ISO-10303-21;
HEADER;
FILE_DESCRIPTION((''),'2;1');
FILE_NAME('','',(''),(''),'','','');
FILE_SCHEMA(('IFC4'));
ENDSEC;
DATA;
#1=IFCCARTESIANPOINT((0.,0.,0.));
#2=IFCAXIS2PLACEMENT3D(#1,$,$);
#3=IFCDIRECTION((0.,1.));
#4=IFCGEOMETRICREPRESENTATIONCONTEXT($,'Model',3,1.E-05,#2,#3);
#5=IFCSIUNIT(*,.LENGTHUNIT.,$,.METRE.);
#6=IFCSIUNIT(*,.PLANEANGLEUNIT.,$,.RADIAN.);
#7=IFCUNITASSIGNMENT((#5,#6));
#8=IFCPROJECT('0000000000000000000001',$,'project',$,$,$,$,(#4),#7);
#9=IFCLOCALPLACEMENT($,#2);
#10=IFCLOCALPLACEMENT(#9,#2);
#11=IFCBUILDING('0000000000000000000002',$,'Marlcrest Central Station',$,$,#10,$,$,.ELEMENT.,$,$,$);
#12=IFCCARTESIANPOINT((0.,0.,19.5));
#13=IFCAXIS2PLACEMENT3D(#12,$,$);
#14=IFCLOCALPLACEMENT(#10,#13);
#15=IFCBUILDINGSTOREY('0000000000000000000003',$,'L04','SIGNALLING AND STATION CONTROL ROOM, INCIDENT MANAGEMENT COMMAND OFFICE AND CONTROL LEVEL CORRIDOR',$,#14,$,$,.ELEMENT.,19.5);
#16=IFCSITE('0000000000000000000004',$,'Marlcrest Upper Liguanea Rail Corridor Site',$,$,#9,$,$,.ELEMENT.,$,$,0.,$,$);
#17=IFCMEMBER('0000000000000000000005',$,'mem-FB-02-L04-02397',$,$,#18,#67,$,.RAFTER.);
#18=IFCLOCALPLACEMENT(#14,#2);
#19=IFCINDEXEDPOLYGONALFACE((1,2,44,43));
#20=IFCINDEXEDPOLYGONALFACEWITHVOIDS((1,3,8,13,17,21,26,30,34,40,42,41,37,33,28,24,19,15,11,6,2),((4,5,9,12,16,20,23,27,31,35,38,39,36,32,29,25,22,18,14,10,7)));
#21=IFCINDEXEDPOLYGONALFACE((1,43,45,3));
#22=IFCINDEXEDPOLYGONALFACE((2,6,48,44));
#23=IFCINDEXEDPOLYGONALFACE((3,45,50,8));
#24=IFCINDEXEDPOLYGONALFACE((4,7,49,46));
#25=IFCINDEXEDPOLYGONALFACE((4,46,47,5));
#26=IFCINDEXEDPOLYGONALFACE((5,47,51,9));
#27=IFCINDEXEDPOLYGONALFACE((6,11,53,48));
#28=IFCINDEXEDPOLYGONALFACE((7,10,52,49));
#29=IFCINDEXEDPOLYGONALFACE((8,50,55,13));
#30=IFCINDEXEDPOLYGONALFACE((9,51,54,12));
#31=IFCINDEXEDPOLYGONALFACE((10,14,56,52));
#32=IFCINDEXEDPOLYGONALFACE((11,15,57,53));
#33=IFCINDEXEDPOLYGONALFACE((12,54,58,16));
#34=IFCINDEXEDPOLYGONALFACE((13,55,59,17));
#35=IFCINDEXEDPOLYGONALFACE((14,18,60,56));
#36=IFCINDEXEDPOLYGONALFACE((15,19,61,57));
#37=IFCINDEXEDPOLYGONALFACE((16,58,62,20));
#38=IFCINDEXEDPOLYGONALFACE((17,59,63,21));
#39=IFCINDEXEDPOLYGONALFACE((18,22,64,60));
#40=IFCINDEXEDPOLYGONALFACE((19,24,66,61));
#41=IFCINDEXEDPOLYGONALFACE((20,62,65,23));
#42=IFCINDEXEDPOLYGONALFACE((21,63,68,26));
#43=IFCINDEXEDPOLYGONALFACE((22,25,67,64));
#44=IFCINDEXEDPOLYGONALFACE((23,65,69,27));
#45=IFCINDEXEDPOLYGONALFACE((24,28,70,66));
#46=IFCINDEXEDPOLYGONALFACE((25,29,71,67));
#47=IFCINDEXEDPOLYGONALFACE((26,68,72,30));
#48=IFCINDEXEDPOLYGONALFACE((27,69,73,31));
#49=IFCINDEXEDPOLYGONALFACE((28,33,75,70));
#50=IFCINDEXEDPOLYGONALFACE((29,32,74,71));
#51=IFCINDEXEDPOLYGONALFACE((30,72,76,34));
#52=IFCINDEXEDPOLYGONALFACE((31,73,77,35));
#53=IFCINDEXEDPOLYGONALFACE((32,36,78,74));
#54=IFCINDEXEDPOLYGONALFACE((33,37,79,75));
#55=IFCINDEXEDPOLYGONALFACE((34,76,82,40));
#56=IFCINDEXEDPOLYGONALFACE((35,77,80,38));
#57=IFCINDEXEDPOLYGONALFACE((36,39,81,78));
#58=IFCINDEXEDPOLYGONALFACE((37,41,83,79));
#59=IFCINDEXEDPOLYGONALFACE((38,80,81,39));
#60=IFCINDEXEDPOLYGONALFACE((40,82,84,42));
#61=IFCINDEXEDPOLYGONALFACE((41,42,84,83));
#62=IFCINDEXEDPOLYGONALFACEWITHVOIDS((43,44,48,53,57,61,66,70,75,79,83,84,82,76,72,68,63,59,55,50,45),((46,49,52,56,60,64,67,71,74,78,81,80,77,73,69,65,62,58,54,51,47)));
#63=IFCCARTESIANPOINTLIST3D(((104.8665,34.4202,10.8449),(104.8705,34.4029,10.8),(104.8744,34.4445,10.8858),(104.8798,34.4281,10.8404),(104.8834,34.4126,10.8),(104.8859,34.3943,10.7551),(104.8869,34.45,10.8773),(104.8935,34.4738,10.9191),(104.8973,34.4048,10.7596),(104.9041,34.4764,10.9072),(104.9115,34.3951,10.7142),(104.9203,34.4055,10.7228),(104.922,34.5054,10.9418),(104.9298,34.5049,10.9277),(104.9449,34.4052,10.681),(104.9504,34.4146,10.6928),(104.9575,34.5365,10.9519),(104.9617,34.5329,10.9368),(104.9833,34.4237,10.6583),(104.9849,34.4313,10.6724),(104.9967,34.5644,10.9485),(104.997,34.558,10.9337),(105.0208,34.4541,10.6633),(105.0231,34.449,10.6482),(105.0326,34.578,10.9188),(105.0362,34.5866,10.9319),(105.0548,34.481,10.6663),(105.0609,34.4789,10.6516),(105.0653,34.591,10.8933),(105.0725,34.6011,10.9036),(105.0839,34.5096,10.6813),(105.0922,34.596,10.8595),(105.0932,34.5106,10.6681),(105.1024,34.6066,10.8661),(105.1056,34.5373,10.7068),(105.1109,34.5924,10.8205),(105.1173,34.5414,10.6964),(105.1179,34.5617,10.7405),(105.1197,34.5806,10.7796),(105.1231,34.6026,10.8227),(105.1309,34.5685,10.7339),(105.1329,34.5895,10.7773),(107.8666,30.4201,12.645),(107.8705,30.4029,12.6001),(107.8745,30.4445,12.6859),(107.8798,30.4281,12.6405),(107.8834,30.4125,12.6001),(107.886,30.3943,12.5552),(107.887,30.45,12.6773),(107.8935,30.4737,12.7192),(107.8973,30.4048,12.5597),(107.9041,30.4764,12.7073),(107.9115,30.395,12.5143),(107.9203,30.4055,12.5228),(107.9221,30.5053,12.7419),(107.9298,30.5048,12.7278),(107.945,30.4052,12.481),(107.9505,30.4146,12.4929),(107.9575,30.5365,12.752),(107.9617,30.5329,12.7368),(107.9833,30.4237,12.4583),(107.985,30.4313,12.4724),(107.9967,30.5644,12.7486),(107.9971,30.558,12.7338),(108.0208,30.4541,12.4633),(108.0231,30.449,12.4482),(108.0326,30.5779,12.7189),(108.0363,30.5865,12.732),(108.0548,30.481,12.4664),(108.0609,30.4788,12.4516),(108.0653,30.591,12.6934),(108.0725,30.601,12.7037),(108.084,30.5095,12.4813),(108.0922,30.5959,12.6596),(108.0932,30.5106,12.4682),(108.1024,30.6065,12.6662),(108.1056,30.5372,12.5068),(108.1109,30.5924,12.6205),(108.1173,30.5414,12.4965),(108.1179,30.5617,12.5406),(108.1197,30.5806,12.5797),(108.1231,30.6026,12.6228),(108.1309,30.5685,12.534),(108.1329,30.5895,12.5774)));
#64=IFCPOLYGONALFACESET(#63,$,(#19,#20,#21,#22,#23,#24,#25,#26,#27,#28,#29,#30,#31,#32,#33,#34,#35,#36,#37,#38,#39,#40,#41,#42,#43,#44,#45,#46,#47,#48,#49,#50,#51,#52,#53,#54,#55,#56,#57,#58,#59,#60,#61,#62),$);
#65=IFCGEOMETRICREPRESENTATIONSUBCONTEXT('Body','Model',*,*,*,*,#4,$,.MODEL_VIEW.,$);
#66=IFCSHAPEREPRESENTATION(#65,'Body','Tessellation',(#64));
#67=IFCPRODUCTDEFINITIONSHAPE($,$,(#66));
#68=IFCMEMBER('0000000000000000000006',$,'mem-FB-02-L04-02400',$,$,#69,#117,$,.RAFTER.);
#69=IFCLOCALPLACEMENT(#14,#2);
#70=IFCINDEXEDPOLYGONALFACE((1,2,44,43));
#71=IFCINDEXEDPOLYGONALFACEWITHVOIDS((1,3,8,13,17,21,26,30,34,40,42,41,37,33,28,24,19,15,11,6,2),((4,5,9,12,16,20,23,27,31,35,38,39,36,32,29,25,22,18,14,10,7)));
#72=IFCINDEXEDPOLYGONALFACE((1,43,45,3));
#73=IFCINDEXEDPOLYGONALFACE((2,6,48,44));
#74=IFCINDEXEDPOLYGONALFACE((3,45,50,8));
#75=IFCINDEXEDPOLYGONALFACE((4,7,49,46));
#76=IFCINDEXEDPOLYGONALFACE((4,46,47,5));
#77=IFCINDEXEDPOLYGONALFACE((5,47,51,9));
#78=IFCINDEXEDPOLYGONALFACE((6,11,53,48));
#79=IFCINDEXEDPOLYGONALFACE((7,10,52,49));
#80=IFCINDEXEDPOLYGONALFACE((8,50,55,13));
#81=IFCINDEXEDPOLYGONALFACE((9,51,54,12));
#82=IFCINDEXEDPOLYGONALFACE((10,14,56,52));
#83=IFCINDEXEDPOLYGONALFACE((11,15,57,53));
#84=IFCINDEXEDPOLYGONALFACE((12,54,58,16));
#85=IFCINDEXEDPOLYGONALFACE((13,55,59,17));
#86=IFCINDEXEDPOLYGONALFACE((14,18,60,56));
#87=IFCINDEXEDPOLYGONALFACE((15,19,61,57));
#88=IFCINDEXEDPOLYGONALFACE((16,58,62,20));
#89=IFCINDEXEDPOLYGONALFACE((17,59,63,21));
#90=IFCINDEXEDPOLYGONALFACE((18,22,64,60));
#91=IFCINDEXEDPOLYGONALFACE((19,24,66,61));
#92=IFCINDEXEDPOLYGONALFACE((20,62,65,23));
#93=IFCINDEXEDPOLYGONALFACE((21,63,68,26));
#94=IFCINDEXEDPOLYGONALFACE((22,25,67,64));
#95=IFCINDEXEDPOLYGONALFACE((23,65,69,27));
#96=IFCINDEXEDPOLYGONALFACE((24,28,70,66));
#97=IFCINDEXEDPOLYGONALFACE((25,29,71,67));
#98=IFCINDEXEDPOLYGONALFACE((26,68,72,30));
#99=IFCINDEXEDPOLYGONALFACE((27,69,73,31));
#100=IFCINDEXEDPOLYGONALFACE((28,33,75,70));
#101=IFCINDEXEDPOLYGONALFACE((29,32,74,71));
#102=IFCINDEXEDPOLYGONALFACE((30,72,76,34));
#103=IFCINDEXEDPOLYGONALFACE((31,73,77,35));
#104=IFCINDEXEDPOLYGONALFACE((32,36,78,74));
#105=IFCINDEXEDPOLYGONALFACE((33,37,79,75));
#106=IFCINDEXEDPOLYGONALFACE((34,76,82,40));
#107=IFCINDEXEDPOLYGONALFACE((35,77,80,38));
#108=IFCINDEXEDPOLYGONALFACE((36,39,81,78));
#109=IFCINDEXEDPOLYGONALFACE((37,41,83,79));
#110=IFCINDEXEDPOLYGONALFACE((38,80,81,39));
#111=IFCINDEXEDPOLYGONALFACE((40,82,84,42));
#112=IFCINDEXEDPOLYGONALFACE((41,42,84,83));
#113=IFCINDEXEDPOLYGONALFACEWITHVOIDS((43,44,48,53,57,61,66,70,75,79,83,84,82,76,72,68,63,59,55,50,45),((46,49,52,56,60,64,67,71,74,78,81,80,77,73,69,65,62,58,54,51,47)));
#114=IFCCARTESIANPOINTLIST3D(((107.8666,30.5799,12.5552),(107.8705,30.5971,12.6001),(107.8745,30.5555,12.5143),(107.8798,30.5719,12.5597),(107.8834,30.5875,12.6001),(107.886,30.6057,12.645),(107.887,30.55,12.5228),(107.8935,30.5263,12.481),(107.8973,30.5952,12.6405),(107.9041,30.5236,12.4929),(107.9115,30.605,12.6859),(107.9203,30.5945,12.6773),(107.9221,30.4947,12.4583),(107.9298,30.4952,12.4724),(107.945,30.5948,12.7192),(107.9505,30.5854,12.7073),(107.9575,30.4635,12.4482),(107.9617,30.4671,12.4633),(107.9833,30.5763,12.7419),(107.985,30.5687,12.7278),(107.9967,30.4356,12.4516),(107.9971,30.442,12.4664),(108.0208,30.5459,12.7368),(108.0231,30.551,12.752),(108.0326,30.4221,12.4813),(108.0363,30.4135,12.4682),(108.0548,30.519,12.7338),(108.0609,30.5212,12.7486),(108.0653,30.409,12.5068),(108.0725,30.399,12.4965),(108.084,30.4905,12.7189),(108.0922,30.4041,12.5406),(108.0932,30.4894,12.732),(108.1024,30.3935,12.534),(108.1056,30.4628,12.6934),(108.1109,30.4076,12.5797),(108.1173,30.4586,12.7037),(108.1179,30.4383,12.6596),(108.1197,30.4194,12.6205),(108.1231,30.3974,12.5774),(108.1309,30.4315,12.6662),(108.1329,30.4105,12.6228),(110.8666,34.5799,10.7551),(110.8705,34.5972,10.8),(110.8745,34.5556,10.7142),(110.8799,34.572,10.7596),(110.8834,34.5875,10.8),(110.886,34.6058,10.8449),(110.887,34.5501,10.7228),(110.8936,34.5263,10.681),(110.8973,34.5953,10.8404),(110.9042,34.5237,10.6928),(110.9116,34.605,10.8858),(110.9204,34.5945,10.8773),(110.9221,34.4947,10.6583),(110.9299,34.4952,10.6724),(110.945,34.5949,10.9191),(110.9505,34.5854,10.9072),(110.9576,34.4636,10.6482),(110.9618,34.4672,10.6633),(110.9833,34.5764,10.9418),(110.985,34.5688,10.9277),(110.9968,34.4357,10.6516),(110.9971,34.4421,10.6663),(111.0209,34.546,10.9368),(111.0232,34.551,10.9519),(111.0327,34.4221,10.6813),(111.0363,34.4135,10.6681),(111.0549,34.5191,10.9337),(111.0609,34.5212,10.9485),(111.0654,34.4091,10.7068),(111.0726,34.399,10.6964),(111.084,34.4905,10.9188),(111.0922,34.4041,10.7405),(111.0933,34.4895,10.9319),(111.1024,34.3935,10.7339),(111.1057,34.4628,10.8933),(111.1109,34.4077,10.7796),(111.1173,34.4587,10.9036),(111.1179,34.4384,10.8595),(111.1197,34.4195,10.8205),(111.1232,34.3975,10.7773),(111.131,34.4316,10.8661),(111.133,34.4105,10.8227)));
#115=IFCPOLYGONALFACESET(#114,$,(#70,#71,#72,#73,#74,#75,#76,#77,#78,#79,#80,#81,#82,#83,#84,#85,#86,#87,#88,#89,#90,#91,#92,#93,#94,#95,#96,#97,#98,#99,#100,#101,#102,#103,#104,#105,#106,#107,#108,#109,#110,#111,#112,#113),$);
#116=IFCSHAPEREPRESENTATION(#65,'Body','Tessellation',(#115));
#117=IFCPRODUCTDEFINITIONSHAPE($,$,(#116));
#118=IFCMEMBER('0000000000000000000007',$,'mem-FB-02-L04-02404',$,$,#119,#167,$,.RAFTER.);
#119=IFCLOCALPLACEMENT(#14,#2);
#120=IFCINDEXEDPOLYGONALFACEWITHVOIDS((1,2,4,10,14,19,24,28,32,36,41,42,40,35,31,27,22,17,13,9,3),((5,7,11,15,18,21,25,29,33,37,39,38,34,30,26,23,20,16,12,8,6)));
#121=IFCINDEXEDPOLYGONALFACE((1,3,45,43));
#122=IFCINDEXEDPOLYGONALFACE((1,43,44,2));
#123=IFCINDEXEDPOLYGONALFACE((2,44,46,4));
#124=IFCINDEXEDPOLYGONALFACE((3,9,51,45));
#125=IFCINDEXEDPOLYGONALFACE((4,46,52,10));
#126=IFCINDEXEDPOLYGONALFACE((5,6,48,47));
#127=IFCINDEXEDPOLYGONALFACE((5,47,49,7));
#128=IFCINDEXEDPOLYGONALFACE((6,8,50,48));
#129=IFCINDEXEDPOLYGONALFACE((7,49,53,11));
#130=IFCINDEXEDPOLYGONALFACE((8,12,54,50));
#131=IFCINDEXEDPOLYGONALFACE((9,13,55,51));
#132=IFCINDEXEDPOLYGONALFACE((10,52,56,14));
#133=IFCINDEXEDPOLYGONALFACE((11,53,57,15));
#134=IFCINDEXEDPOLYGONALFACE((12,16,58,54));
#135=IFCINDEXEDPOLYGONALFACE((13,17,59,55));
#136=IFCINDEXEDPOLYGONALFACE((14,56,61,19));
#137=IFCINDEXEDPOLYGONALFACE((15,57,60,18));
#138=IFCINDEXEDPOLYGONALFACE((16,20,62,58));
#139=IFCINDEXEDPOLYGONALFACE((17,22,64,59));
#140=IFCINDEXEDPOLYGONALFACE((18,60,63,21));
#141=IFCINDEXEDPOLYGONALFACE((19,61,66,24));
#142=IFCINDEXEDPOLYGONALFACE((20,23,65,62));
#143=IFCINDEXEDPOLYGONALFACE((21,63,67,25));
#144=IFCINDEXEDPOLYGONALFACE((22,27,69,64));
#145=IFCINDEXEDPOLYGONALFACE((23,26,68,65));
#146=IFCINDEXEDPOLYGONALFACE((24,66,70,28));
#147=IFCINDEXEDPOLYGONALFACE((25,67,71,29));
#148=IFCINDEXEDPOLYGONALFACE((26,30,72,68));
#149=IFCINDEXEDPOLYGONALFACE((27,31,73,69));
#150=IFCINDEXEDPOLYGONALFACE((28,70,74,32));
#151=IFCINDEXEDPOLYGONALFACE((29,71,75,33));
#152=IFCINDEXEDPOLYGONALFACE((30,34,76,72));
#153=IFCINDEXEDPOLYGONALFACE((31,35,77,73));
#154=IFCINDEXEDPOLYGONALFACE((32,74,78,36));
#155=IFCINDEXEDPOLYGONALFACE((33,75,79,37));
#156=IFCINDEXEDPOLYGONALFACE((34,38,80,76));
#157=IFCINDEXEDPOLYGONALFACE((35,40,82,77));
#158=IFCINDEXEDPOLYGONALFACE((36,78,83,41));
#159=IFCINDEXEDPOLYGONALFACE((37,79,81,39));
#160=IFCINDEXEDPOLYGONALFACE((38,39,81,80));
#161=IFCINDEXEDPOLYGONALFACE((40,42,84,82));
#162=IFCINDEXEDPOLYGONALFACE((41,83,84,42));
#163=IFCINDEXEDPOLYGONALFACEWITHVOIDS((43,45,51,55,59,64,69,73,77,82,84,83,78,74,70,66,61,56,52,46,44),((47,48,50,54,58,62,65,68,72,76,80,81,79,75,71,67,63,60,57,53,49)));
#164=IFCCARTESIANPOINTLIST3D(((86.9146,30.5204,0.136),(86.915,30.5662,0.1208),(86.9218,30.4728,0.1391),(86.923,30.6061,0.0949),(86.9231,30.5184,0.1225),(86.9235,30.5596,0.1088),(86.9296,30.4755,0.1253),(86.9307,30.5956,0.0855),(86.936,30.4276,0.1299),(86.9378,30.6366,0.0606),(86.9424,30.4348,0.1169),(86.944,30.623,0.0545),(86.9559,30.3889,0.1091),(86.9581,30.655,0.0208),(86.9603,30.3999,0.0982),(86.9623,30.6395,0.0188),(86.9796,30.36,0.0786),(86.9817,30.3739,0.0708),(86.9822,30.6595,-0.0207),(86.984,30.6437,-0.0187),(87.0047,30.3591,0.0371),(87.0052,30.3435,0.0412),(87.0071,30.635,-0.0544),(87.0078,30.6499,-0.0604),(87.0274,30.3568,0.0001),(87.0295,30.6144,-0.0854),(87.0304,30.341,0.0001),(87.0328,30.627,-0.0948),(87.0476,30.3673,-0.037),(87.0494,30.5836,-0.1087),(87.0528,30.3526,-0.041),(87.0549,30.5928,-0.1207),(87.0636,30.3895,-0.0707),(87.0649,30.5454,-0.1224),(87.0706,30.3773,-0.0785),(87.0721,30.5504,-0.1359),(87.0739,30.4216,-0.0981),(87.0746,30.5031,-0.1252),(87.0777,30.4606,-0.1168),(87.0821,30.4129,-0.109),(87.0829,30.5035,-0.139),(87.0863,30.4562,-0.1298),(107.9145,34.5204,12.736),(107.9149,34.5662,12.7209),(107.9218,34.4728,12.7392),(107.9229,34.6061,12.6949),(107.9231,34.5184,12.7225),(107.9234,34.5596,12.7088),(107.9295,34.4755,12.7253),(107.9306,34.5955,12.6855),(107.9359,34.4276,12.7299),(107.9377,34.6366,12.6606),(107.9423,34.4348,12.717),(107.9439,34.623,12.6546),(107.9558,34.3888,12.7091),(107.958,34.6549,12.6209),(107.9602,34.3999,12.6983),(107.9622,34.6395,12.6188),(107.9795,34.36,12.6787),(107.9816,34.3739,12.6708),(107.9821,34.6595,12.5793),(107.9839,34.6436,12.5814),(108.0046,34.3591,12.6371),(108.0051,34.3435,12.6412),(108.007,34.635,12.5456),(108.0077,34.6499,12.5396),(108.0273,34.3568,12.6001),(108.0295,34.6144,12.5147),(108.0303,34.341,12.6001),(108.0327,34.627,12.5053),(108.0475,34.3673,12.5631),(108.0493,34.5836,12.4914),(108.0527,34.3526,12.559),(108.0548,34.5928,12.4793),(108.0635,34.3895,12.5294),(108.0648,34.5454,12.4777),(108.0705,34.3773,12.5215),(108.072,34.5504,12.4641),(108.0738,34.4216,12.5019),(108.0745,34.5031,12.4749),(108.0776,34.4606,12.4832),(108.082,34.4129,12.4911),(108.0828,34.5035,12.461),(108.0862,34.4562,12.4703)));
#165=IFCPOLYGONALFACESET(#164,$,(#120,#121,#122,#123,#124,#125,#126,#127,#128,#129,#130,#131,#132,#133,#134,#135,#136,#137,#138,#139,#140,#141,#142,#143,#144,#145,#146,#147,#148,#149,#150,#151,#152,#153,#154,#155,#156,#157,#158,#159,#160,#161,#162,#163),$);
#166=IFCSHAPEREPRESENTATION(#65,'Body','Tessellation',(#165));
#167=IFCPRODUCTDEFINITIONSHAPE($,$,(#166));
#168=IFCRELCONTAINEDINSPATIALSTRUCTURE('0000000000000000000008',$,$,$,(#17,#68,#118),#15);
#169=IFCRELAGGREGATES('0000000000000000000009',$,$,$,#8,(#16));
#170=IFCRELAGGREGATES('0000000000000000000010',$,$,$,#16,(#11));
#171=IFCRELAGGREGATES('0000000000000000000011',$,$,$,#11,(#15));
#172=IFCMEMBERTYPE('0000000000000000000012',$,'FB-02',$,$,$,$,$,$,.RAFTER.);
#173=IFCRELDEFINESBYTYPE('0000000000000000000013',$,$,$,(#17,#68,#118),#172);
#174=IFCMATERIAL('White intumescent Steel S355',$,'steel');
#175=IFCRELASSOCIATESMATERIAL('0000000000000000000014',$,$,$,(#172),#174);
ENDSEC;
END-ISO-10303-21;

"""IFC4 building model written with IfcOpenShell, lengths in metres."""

from ifc_helpers import new_model, si_unit, direction, frame, origin, origin_2d, place, context, subcontext, project, spatial, hollow_circle, extrude, material, material_profile, profile_set, type_object, element, save


model = new_model("IFC4")

# Units and contexts
model_context = context("Model", 3, precision=1e-05, world=origin(), true_north=direction((0.0, 1.0)))
body_context = subcontext(model_context, "Body", "Model", "MODEL_VIEW")
ifc_project = project(units=[si_unit("LENGTHUNIT", "METRE"), si_unit("PLANEANGLEUNIT", "RADIAN")], contexts=[model_context])

# Site, building, storey
site_placement = place(None, origin())
site = spatial("IfcSite", under=ifc_project, at=site_placement, Name="Marlcrest Upper Liguanea Rail Corridor Site", CompositionType="ELEMENT", RefElevation=0.0)
building_placement = place(site_placement, origin())
building = spatial("IfcBuilding", under=site, at=building_placement, Name="Marlcrest Central Station", CompositionType="ELEMENT")
storey_placement = place(building_placement, frame((0.0, 0.0, 19.5)))
storey = spatial("IfcBuildingStorey", under=building, at=storey_placement, Name="L04", Description="SIGNALLING AND STATION CONTROL ROOM, INCIDENT MANAGEMENT COMMAND OFFICE AND CONTROL LEVEL CORRIDOR", CompositionType="ELEMENT", Elevation=19.5)

# Members
ifc_material_1 = material(Name="White intumescent Steel S355", Category="steel")
ifc_material_profile_1 = material_profile(ifc_material_1, hollow_circle(Radius=0.1619, WallThickness=0.0161, at=origin_2d()), Name="CHS 323.9x16")
ifc_profile_set_1 = profile_set([ifc_material_profile_1], Name="White intumescent Steel S355")
member_type_1 = type_object("IfcMemberType", Name="FB-02", PredefinedType="RAFTER", material=ifc_profile_set_1)
for number, where, z_axis, x_axis, name in (
    (1, (108.0, 30.5, 12.6001), (-0.564531, 0.752708, -0.338728), (-0.8, -0.6, 0.0), "mem-FB-02-L04-02397"),
    (2, (108.0, 30.5, 12.6001), (0.564531, 0.752708, -0.338728), (-0.8, 0.6, 0.0), "mem-FB-02-L04-02400"),
):
    element("IfcMember", number, at=place(storey_placement, frame(where, z_axis=z_axis, x_axis=x_axis)), inside=storey, type_object=member_type_1, Name=name, PredefinedType="RAFTER", context=body_context, shape_type="SweptSolid", body=[
        extrude(hollow_circle(Radius=0.1619, WallThickness=0.0161, at=origin_2d()), origin(), (0.0, 0.0, 1.0), 5.3142),
    ])
member_placement = place(storey_placement, frame((108.0, 34.5, 12.6001), z_axis=(-0.846277, -0.161196, -0.50777), x_axis=(0.187112, -0.982339, 0.0)))
element("IfcMember", 3, at=member_placement, inside=storey, type_object=member_type_1, Name="mem-FB-02-L04-02404", PredefinedType="RAFTER", context=body_context, shape_type="SweptSolid", body=[
    extrude(hollow_circle(Radius=0.1619, WallThickness=0.0161, at=origin_2d()), origin(), (0.0, 0.0, 1.0), 24.8145),
])

save(model, "model.ifc")
